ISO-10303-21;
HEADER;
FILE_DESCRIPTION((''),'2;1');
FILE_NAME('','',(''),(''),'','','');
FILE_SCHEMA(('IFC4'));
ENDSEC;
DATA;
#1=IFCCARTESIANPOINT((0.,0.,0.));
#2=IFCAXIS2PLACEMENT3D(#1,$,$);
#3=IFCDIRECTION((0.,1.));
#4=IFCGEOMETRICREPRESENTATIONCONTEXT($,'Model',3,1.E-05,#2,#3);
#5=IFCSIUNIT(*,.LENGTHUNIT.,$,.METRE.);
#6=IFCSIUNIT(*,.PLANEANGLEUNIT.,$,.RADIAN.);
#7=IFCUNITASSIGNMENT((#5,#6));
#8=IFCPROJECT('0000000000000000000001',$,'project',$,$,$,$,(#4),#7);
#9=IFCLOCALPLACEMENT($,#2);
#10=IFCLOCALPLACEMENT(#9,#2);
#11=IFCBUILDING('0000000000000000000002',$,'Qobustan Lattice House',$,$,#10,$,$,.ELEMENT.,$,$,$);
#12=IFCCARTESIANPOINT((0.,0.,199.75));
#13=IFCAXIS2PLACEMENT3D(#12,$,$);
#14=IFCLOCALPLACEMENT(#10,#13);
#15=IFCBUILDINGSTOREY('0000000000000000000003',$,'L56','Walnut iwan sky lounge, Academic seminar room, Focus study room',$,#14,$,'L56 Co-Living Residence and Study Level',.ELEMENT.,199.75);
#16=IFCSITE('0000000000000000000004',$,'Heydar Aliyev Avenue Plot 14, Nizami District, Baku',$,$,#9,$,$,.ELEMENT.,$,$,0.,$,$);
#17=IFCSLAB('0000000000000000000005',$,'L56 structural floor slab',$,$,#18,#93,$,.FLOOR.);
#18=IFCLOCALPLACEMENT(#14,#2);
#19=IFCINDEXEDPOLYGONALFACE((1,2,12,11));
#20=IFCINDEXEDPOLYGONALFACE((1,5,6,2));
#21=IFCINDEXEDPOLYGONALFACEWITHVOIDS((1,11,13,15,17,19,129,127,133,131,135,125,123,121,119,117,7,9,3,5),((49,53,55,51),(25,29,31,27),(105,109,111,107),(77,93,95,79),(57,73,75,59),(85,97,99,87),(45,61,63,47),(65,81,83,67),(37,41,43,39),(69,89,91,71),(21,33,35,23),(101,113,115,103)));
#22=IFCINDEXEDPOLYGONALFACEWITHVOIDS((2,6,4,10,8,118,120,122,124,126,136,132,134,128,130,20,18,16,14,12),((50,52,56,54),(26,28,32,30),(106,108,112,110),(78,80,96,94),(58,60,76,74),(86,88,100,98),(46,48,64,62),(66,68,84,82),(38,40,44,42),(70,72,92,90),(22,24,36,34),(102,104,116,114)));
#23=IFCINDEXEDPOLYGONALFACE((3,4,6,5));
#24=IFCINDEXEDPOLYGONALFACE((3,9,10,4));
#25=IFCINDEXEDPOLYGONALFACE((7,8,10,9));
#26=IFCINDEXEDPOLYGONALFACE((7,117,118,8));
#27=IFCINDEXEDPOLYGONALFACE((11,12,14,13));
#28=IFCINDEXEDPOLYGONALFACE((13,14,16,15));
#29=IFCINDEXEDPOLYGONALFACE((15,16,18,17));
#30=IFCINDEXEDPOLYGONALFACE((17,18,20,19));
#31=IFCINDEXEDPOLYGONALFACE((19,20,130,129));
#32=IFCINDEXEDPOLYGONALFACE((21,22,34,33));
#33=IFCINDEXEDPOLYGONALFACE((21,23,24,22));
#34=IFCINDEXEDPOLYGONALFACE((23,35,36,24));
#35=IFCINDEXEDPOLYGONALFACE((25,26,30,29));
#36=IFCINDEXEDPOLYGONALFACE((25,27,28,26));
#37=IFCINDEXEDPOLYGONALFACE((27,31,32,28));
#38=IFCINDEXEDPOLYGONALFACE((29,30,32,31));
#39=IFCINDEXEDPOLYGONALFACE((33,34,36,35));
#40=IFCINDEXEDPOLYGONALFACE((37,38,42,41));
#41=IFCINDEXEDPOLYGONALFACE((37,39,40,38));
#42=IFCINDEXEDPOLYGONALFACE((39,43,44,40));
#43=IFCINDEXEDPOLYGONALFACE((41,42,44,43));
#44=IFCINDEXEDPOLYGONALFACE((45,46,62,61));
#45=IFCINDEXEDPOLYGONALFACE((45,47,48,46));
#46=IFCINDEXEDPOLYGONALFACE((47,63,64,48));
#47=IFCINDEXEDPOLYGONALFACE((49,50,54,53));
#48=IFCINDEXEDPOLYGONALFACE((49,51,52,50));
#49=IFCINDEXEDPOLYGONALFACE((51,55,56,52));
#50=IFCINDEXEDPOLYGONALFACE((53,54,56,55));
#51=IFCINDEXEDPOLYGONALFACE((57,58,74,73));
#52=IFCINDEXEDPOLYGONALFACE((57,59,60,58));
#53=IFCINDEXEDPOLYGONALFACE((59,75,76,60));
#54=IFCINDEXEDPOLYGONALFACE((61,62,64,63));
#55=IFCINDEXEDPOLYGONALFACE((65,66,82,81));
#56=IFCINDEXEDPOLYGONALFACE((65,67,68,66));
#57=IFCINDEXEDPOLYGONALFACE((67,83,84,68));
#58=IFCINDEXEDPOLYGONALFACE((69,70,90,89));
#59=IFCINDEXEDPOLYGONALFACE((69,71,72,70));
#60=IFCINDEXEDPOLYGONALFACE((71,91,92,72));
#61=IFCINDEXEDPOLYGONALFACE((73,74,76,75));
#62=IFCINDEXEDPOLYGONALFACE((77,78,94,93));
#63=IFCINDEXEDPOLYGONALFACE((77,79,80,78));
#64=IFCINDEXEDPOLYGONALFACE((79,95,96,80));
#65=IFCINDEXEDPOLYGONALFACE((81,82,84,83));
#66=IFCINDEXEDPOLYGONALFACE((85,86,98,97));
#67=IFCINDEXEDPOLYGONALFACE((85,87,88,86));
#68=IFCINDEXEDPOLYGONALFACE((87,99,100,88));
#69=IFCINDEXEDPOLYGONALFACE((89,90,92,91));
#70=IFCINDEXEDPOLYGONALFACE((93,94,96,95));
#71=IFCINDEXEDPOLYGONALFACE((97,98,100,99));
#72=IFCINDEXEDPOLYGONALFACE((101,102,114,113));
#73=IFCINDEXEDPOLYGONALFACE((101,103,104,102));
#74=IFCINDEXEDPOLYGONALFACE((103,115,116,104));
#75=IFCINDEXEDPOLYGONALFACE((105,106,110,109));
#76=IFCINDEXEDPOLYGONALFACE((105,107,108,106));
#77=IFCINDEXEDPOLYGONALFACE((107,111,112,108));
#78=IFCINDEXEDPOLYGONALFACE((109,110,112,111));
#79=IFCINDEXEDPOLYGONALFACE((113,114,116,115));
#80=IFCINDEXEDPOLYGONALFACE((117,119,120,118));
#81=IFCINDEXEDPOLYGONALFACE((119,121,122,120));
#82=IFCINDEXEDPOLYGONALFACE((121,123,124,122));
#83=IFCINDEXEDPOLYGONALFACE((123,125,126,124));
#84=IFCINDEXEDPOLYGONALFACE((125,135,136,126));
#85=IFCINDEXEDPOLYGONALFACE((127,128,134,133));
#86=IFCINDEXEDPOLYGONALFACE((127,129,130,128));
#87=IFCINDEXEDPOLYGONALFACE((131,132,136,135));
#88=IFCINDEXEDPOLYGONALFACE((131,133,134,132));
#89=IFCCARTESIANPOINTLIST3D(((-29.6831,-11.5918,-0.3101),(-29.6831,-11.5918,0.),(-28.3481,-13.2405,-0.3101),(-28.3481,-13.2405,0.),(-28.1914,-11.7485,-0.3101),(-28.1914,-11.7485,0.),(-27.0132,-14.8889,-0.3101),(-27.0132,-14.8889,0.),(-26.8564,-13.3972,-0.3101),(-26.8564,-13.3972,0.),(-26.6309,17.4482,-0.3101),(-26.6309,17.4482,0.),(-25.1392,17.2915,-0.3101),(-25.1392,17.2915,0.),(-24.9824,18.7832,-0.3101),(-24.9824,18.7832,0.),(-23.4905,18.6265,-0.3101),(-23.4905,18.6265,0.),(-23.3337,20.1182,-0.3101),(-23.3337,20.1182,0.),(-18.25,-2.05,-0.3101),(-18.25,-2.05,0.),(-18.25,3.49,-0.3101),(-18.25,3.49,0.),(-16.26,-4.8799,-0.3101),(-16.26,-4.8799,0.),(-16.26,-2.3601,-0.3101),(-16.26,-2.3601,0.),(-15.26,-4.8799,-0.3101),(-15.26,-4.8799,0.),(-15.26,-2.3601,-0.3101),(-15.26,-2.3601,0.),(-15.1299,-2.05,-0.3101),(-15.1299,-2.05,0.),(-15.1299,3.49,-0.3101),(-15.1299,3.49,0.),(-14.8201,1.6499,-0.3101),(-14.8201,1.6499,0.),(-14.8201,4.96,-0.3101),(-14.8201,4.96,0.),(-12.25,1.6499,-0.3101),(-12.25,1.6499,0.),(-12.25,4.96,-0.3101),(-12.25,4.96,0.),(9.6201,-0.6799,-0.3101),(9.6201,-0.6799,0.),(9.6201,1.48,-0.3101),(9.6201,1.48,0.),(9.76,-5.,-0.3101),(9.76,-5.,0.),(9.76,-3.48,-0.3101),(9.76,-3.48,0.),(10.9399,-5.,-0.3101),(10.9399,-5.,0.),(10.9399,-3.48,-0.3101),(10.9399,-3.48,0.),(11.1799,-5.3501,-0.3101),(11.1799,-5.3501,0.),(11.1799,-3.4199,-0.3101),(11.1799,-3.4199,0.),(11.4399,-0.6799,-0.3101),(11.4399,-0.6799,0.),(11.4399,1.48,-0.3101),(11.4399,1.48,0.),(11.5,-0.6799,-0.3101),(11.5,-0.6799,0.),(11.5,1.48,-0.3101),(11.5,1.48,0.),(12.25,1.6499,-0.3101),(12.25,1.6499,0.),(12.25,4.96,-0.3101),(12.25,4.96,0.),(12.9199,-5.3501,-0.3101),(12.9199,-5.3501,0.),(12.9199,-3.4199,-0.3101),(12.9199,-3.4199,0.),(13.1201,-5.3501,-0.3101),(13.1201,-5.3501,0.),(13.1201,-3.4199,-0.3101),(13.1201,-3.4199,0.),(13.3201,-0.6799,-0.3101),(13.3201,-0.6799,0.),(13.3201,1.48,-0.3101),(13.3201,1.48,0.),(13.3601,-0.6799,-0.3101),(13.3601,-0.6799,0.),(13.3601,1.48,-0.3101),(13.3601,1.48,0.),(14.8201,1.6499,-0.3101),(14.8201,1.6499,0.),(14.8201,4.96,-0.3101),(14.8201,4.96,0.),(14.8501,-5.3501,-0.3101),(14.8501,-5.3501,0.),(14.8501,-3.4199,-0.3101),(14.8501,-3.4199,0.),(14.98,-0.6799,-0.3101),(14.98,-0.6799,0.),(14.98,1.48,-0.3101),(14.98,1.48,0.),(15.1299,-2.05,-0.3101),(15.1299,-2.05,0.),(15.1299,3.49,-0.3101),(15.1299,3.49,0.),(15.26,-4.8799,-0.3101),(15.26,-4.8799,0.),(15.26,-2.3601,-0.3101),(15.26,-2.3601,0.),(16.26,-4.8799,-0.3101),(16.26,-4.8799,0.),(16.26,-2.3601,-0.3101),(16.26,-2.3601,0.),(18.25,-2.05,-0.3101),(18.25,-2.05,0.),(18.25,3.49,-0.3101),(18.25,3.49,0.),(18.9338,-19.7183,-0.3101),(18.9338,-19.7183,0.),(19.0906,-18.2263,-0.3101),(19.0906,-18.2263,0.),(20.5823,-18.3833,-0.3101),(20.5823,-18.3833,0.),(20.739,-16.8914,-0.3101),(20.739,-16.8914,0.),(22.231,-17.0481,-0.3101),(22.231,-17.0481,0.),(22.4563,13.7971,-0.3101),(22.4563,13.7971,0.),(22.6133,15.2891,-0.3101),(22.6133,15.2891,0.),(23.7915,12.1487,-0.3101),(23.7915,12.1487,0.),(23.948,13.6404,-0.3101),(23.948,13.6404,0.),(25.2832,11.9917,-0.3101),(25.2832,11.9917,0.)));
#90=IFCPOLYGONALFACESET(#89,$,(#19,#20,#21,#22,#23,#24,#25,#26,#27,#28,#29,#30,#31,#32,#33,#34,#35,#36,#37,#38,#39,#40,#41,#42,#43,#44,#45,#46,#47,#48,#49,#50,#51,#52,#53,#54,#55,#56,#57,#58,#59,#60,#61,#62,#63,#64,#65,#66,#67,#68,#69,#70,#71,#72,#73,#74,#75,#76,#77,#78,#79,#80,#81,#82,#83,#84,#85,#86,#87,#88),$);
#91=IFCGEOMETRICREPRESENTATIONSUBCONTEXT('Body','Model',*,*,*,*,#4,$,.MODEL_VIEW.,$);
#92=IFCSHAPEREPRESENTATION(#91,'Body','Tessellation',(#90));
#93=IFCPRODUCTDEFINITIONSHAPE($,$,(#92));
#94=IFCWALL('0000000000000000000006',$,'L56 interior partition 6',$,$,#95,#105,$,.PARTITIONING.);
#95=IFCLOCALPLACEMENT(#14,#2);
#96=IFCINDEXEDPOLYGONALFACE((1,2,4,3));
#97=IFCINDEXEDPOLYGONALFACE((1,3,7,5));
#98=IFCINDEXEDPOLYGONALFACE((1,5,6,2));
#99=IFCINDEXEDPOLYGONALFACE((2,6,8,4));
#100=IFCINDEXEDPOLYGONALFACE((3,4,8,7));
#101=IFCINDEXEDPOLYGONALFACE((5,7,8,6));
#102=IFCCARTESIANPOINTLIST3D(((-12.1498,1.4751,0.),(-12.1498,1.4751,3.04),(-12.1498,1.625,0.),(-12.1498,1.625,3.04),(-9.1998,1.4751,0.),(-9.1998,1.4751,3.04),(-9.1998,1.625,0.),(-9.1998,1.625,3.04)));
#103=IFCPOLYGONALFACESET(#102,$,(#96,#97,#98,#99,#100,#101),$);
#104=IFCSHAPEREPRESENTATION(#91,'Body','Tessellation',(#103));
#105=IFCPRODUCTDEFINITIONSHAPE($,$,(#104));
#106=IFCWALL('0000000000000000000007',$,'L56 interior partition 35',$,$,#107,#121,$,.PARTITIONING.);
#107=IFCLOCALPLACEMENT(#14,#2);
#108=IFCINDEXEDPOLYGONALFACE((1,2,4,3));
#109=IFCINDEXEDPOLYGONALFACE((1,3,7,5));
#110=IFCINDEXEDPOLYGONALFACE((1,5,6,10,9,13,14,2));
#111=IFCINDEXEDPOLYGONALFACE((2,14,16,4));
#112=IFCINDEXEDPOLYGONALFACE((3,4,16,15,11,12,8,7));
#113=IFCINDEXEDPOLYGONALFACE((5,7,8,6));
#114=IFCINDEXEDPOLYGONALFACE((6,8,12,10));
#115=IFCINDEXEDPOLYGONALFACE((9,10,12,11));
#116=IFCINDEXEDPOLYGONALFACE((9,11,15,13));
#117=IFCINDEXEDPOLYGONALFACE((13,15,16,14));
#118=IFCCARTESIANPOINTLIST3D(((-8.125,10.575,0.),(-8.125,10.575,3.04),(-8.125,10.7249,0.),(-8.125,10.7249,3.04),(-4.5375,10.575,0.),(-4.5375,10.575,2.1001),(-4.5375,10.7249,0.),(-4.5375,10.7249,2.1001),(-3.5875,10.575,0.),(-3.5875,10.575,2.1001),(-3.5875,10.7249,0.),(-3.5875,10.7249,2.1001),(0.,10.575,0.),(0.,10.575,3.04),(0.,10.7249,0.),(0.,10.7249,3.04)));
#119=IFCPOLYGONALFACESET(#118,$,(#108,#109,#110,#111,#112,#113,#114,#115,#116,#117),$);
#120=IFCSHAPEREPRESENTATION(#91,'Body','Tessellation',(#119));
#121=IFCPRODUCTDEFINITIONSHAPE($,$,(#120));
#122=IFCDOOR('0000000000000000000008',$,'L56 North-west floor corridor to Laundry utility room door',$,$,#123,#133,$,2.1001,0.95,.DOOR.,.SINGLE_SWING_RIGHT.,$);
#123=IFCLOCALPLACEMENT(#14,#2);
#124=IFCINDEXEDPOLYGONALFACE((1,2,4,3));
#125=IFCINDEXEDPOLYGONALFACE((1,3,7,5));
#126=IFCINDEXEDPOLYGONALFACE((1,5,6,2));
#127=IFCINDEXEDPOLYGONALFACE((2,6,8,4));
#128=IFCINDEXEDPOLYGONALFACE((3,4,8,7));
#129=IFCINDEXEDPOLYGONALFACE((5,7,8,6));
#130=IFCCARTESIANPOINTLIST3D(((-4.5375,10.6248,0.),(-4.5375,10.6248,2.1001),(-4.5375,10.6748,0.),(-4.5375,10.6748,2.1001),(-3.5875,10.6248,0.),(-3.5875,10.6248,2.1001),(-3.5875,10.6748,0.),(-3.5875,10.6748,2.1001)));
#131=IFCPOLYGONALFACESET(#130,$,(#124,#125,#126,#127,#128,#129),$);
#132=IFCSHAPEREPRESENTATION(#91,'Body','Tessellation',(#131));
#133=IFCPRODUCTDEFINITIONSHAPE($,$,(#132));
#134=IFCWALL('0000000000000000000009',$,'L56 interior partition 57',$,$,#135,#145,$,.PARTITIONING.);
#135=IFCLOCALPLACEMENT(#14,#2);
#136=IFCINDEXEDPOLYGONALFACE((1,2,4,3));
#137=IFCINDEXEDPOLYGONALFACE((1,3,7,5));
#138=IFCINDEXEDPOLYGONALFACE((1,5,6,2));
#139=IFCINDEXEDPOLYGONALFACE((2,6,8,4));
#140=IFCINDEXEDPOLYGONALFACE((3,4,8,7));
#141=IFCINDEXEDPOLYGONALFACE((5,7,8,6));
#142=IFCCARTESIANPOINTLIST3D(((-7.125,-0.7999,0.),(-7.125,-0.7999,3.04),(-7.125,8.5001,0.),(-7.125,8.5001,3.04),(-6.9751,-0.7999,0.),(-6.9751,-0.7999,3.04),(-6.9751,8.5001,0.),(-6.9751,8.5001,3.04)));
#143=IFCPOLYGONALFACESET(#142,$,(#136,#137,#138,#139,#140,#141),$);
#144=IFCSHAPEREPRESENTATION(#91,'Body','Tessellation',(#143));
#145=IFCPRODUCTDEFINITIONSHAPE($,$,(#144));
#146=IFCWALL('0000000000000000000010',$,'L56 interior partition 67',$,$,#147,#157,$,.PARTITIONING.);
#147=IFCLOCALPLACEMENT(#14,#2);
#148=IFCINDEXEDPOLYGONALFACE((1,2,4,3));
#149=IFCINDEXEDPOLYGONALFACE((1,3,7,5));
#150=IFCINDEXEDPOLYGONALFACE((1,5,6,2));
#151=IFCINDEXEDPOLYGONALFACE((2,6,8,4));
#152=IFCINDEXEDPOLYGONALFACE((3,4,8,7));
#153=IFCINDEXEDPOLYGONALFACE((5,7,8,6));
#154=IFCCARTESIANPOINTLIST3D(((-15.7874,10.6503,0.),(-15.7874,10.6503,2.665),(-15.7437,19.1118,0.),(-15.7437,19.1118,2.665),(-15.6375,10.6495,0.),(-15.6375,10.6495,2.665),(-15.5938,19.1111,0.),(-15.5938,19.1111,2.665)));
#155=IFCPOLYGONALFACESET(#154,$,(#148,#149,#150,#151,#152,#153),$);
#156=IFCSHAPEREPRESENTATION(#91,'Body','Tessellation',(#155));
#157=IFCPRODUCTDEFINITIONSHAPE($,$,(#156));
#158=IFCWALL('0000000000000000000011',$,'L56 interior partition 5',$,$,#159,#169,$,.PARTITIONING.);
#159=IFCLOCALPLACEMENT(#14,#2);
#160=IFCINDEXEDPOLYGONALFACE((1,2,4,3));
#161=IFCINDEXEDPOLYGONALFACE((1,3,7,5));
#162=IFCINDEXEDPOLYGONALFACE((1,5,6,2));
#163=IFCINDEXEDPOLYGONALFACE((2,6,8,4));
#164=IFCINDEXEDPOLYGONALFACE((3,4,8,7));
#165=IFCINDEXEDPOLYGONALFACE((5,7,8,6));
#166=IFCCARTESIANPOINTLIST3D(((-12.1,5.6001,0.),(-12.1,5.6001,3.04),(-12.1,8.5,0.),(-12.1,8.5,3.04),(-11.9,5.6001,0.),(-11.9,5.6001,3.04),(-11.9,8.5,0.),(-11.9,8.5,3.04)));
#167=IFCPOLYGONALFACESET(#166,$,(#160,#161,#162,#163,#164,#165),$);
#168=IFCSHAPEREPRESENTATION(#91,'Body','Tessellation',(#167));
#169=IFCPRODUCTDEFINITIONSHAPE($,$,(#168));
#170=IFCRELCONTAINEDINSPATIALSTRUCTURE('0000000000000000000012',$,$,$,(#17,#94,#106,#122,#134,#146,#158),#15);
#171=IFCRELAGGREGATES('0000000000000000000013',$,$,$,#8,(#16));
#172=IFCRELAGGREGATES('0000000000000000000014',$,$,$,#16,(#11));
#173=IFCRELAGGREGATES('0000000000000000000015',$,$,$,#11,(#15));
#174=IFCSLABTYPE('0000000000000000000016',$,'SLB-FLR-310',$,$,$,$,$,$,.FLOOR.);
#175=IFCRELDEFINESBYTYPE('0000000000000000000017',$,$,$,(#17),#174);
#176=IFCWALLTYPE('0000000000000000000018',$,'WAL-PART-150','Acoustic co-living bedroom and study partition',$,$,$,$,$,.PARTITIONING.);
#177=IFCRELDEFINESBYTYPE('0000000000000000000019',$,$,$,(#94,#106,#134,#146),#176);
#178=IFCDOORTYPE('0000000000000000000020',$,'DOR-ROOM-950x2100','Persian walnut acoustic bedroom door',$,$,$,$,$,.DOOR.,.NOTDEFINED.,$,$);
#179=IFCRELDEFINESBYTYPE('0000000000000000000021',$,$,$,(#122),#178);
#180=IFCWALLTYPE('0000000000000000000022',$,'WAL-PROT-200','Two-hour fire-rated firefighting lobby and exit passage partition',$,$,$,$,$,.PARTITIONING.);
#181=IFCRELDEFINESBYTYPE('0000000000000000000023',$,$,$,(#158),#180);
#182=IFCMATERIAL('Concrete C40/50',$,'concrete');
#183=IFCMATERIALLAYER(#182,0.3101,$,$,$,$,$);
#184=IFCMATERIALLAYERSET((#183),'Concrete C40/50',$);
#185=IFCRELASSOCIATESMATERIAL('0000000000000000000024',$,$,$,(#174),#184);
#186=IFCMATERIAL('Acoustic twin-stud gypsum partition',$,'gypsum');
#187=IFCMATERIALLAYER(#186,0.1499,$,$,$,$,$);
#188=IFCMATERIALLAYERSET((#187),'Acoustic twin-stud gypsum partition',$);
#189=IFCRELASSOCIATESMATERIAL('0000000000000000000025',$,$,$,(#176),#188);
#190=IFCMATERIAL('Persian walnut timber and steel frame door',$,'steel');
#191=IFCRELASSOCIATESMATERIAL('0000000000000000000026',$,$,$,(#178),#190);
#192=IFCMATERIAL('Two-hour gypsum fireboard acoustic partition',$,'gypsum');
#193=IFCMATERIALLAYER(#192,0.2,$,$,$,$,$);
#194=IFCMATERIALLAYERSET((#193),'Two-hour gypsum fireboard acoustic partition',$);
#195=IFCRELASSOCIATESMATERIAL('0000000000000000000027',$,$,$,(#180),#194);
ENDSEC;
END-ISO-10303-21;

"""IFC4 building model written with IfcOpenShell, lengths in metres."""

from ifc_helpers import new_model, si_unit, direction, frame, frame_2d, origin, place, context, subcontext, project, spatial, polyline, rectangle, outline, extrude, material, layer, layer_set, type_object, element, fill, save


model = new_model("IFC4")

# Units and contexts
model_context = context("Model", 3, precision=1e-05, world=origin(), true_north=direction((0.0, 1.0)))
body_context = subcontext(model_context, "Body", "Model", "MODEL_VIEW")
ifc_project = project(units=[si_unit("LENGTHUNIT", "METRE"), si_unit("PLANEANGLEUNIT", "RADIAN")], contexts=[model_context])

# Site, building, storey
site_placement = place(None, origin())
site = spatial("IfcSite", under=ifc_project, at=site_placement, Name="Heydar Aliyev Avenue Plot 14, Nizami District, Baku", CompositionType="ELEMENT", RefElevation=0.0)
building_placement = place(site_placement, origin())
building = spatial("IfcBuilding", under=site, at=building_placement, Name="Qobustan Lattice House", CompositionType="ELEMENT")
storey_placement = place(building_placement, frame((0.0, 0.0, 199.75)))
storey = spatial("IfcBuildingStorey", under=building, at=storey_placement, Name="L56", Description="Walnut iwan sky lounge, Academic seminar room, Focus study room", LongName="L56 Co-Living Residence and Study Level", CompositionType="ELEMENT", Elevation=199.75)

# Slab
ifc_material_1 = material(Name="Concrete C40/50", Category="concrete")
ifc_layer_1 = layer(ifc_material_1, 0.3101)
ifc_layer_set_1 = layer_set([ifc_layer_1], Name="Concrete C40/50")
slab_type = type_object("IfcSlabType", Name="SLB-FLR-310", PredefinedType="FLOOR", material=ifc_layer_set_1)
slab_placement = place(storey_placement, frame((0.0, 0.0, -0.3101)))
element("IfcSlab", 1, at=slab_placement, inside=storey, type_object=slab_type, Name="L56 structural floor slab", PredefinedType="FLOOR", context=body_context, shape_type="SweptSolid", body=[
    extrude(outline(polyline([(-27.0132, -14.8889), (18.9338, -19.7183), (19.0906, -18.2263), (20.5823, -18.3833), (20.739, -16.8914), (22.231, -17.0481), (25.2832, 11.9917), (23.7915, 12.1487), (23.948, 13.6404), (22.4563, 13.7971), (22.6133, 15.2891), (-23.3337, 20.1182), (-23.4905, 18.6265), (-24.9824, 18.7832), (-25.1392, 17.2915), (-26.6309, 17.4482), (-29.6831, -11.5918), (-28.1914, -11.7485), (-28.3481, -13.2405), (-26.8564, -13.3972), (-27.0132, -14.8889)]), holes=[polyline([(-18.25, -2.05), (-18.25, 3.49), (-15.1299, 3.49), (-15.1299, -2.05), (-18.25, -2.05)]), polyline([(15.1299, -2.05), (15.1299, 3.49), (18.25, 3.49), (18.25, -2.05), (15.1299, -2.05)]), polyline([(-14.8201, 1.6499), (-14.8201, 4.96), (-12.25, 4.96), (-12.25, 1.6499), (-14.8201, 1.6499)]), polyline([(12.25, 1.6499), (12.25, 4.96), (14.8201, 4.96), (14.8201, 1.6499), (12.25, 1.6499)]), polyline([(-16.26, -4.8799), (-16.26, -2.3601), (-15.26, -2.3601), (-15.26, -4.8799), (-16.26, -4.8799)]), polyline([(15.26, -4.8799), (15.26, -2.3601), (16.26, -2.3601), (16.26, -4.8799), (15.26, -4.8799)]), polyline([(11.1799, -5.3501), (11.1799, -3.4199), (12.9199, -3.4199), (12.9199, -5.3501), (11.1799, -5.3501)]), polyline([(13.1201, -5.3501), (13.1201, -3.4199), (14.8501, -3.4199), (14.8501, -5.3501), (13.1201, -5.3501)]), polyline([(9.76, -5.0), (9.76, -3.48), (10.9399, -3.48), (10.9399, -5.0), (9.76, -5.0)]), polyline([(13.3601, -0.6799), (13.3601, 1.48), (14.98, 1.48), (14.98, -0.6799), (13.3601, -0.6799)]), polyline([(9.6201, -0.6799), (9.6201, 1.48), (11.4399, 1.48), (11.4399, -0.6799), (9.6201, -0.6799)]), polyline([(11.5, -0.6799), (11.5, 1.48), (13.3201, 1.48), (13.3201, -0.6799), (11.5, -0.6799)])]), origin(), (0.0, 0.0, 1.0), 0.3101),
])

# Wall
ifc_material_2 = material(Name="Acoustic twin-stud gypsum partition", Category="gypsum")
ifc_layer_2 = layer(ifc_material_2, 0.1499)
ifc_layer_set_2 = layer_set([ifc_layer_2], Name="Acoustic twin-stud gypsum partition")
wall_type_1 = type_object("IfcWallType", Name="WAL-PART-150", Description="Acoustic co-living bedroom and study partition", PredefinedType="PARTITIONING", material=ifc_layer_set_2)
wall_1_placement = place(storey_placement, frame((-12.1499, 1.55, 0.0), z_axis=(0.0, 0.0, 1.0), x_axis=(1.0, 0.0, 0.0)))
element("IfcWall", 2, at=wall_1_placement, inside=storey, type_object=wall_type_1, Name="L56 interior partition 6", PredefinedType="PARTITIONING", context=body_context, shape_type="SweptSolid", body=[
    extrude(rectangle(XDim=2.95, YDim=0.1499, at=frame_2d((1.4751, 0.0))), origin(), (0.0, 0.0, 1.0), 3.04),
])

# Wall, opening, door
wall_2_placement = place(storey_placement, frame((-8.125, 10.6499, 0.0), z_axis=(0.0, 0.0, 1.0), x_axis=(1.0, 0.0, 0.0)))
wall_2 = element("IfcWall", 3, at=wall_2_placement, inside=storey, type_object=wall_type_1, Name="L56 interior partition 35", PredefinedType="PARTITIONING", context=body_context, shape_type="SweptSolid", body=[
    extrude(rectangle(XDim=8.125, YDim=0.1499, at=frame_2d((4.0625, 0.0))), origin(), (0.0, 0.0, 1.0), 3.04),
])
opening_1_placement = place(wall_2_placement, frame((3.5874, 0.0, 0.0)))
opening_1 = element("IfcOpeningElement", 4, at=opening_1_placement, cuts=wall_2, PredefinedType="OPENING", context=body_context, shape_type="SweptSolid", body=[
    extrude(rectangle(XDim=0.95, YDim=2.1001, at=frame_2d((0.4751, 1.05))), frame((0.0, 0.085, 0.0), z_axis=(0.0, -1.0, 0.0), x_axis=(1.0, 0.0, 0.0)), (0.0, 0.0, 1.0), 0.1699),
])
ifc_material_3 = material(Name="Persian walnut timber and steel frame door", Category="steel")
door_type_1 = type_object("IfcDoorType", Name="DOR-ROOM-950x2100", Description="Persian walnut acoustic bedroom door", OperationType="NOTDEFINED", PredefinedType="DOOR", material=ifc_material_3)
door_1_placement = place(opening_1_placement, origin())
door_1 = element("IfcDoor", 5, at=door_1_placement, inside=storey, type_object=door_type_1, Name="L56 North-west floor corridor to Laundry utility room door", OperationType="SINGLE_SWING_RIGHT", OverallHeight=2.1001, OverallWidth=0.95, PredefinedType="DOOR", context=body_context, shape_type="SweptSolid", body=[
    extrude(rectangle(XDim=0.95, YDim=2.1001, at=frame_2d((0.4751, 1.05))), frame((0.0, 0.0249, 0.0), z_axis=(0.0, -1.0, 0.0), x_axis=(1.0, 0.0, 0.0)), (0.0, 0.0, 1.0), 0.05),
])
fill(opening_1, door_1)

# Walls
wall_3_placement = place(storey_placement, frame((-7.05, 8.5, 0.0), z_axis=(0.0, 0.0, 1.0), x_axis=(0.0, -1.0, 0.0)))
element("IfcWall", 6, at=wall_3_placement, inside=storey, type_object=wall_type_1, Name="L56 interior partition 57", PredefinedType="PARTITIONING", context=body_context, shape_type="SweptSolid", body=[
    extrude(rectangle(XDim=9.3, YDim=0.1499, at=frame_2d((4.6499, 0.0))), origin(), (0.0, 0.0, 1.0), 3.04),
])
wall_4_placement = place(storey_placement, frame((-15.6687, 19.1116, 0.0), z_axis=(0.0, 0.0, 1.0), x_axis=(-0.005165, -0.999987, 0.0)))
element("IfcWall", 7, at=wall_4_placement, inside=storey, type_object=wall_type_1, Name="L56 interior partition 67", PredefinedType="PARTITIONING", context=body_context, shape_type="SweptSolid", body=[
    extrude(rectangle(XDim=8.4617, YDim=0.1499, at=frame_2d((4.231, 0.0))), origin(), (0.0, 0.0, 1.0), 2.665),
])

# Shared definitions
ifc_material_4 = material(Name="Two-hour gypsum fireboard acoustic partition", Category="gypsum")
ifc_layer_3 = layer(ifc_material_4, 0.2)
ifc_layer_set_3 = layer_set([ifc_layer_3], Name="Two-hour gypsum fireboard acoustic partition")
wall_type_2 = type_object("IfcWallType", Name="WAL-PROT-200", Description="Two-hour fire-rated firefighting lobby and exit passage partition", PredefinedType="PARTITIONING", material=ifc_layer_set_3)

# Wall
wall_5_placement = place(storey_placement, frame((-12.0, 5.6001, 0.0), z_axis=(0.0, 0.0, 1.0), x_axis=(0.0, 1.0, 0.0)))
element("IfcWall", 8, at=wall_5_placement, inside=storey, type_object=wall_type_2, Name="L56 interior partition 5", PredefinedType="PARTITIONING", context=body_context, shape_type="SweptSolid", body=[
    extrude(rectangle(XDim=2.8999, YDim=0.2, at=frame_2d((1.45, 0.0))), origin(), (0.0, 0.0, 1.0), 3.04),
])

save(model, "model.ifc")
